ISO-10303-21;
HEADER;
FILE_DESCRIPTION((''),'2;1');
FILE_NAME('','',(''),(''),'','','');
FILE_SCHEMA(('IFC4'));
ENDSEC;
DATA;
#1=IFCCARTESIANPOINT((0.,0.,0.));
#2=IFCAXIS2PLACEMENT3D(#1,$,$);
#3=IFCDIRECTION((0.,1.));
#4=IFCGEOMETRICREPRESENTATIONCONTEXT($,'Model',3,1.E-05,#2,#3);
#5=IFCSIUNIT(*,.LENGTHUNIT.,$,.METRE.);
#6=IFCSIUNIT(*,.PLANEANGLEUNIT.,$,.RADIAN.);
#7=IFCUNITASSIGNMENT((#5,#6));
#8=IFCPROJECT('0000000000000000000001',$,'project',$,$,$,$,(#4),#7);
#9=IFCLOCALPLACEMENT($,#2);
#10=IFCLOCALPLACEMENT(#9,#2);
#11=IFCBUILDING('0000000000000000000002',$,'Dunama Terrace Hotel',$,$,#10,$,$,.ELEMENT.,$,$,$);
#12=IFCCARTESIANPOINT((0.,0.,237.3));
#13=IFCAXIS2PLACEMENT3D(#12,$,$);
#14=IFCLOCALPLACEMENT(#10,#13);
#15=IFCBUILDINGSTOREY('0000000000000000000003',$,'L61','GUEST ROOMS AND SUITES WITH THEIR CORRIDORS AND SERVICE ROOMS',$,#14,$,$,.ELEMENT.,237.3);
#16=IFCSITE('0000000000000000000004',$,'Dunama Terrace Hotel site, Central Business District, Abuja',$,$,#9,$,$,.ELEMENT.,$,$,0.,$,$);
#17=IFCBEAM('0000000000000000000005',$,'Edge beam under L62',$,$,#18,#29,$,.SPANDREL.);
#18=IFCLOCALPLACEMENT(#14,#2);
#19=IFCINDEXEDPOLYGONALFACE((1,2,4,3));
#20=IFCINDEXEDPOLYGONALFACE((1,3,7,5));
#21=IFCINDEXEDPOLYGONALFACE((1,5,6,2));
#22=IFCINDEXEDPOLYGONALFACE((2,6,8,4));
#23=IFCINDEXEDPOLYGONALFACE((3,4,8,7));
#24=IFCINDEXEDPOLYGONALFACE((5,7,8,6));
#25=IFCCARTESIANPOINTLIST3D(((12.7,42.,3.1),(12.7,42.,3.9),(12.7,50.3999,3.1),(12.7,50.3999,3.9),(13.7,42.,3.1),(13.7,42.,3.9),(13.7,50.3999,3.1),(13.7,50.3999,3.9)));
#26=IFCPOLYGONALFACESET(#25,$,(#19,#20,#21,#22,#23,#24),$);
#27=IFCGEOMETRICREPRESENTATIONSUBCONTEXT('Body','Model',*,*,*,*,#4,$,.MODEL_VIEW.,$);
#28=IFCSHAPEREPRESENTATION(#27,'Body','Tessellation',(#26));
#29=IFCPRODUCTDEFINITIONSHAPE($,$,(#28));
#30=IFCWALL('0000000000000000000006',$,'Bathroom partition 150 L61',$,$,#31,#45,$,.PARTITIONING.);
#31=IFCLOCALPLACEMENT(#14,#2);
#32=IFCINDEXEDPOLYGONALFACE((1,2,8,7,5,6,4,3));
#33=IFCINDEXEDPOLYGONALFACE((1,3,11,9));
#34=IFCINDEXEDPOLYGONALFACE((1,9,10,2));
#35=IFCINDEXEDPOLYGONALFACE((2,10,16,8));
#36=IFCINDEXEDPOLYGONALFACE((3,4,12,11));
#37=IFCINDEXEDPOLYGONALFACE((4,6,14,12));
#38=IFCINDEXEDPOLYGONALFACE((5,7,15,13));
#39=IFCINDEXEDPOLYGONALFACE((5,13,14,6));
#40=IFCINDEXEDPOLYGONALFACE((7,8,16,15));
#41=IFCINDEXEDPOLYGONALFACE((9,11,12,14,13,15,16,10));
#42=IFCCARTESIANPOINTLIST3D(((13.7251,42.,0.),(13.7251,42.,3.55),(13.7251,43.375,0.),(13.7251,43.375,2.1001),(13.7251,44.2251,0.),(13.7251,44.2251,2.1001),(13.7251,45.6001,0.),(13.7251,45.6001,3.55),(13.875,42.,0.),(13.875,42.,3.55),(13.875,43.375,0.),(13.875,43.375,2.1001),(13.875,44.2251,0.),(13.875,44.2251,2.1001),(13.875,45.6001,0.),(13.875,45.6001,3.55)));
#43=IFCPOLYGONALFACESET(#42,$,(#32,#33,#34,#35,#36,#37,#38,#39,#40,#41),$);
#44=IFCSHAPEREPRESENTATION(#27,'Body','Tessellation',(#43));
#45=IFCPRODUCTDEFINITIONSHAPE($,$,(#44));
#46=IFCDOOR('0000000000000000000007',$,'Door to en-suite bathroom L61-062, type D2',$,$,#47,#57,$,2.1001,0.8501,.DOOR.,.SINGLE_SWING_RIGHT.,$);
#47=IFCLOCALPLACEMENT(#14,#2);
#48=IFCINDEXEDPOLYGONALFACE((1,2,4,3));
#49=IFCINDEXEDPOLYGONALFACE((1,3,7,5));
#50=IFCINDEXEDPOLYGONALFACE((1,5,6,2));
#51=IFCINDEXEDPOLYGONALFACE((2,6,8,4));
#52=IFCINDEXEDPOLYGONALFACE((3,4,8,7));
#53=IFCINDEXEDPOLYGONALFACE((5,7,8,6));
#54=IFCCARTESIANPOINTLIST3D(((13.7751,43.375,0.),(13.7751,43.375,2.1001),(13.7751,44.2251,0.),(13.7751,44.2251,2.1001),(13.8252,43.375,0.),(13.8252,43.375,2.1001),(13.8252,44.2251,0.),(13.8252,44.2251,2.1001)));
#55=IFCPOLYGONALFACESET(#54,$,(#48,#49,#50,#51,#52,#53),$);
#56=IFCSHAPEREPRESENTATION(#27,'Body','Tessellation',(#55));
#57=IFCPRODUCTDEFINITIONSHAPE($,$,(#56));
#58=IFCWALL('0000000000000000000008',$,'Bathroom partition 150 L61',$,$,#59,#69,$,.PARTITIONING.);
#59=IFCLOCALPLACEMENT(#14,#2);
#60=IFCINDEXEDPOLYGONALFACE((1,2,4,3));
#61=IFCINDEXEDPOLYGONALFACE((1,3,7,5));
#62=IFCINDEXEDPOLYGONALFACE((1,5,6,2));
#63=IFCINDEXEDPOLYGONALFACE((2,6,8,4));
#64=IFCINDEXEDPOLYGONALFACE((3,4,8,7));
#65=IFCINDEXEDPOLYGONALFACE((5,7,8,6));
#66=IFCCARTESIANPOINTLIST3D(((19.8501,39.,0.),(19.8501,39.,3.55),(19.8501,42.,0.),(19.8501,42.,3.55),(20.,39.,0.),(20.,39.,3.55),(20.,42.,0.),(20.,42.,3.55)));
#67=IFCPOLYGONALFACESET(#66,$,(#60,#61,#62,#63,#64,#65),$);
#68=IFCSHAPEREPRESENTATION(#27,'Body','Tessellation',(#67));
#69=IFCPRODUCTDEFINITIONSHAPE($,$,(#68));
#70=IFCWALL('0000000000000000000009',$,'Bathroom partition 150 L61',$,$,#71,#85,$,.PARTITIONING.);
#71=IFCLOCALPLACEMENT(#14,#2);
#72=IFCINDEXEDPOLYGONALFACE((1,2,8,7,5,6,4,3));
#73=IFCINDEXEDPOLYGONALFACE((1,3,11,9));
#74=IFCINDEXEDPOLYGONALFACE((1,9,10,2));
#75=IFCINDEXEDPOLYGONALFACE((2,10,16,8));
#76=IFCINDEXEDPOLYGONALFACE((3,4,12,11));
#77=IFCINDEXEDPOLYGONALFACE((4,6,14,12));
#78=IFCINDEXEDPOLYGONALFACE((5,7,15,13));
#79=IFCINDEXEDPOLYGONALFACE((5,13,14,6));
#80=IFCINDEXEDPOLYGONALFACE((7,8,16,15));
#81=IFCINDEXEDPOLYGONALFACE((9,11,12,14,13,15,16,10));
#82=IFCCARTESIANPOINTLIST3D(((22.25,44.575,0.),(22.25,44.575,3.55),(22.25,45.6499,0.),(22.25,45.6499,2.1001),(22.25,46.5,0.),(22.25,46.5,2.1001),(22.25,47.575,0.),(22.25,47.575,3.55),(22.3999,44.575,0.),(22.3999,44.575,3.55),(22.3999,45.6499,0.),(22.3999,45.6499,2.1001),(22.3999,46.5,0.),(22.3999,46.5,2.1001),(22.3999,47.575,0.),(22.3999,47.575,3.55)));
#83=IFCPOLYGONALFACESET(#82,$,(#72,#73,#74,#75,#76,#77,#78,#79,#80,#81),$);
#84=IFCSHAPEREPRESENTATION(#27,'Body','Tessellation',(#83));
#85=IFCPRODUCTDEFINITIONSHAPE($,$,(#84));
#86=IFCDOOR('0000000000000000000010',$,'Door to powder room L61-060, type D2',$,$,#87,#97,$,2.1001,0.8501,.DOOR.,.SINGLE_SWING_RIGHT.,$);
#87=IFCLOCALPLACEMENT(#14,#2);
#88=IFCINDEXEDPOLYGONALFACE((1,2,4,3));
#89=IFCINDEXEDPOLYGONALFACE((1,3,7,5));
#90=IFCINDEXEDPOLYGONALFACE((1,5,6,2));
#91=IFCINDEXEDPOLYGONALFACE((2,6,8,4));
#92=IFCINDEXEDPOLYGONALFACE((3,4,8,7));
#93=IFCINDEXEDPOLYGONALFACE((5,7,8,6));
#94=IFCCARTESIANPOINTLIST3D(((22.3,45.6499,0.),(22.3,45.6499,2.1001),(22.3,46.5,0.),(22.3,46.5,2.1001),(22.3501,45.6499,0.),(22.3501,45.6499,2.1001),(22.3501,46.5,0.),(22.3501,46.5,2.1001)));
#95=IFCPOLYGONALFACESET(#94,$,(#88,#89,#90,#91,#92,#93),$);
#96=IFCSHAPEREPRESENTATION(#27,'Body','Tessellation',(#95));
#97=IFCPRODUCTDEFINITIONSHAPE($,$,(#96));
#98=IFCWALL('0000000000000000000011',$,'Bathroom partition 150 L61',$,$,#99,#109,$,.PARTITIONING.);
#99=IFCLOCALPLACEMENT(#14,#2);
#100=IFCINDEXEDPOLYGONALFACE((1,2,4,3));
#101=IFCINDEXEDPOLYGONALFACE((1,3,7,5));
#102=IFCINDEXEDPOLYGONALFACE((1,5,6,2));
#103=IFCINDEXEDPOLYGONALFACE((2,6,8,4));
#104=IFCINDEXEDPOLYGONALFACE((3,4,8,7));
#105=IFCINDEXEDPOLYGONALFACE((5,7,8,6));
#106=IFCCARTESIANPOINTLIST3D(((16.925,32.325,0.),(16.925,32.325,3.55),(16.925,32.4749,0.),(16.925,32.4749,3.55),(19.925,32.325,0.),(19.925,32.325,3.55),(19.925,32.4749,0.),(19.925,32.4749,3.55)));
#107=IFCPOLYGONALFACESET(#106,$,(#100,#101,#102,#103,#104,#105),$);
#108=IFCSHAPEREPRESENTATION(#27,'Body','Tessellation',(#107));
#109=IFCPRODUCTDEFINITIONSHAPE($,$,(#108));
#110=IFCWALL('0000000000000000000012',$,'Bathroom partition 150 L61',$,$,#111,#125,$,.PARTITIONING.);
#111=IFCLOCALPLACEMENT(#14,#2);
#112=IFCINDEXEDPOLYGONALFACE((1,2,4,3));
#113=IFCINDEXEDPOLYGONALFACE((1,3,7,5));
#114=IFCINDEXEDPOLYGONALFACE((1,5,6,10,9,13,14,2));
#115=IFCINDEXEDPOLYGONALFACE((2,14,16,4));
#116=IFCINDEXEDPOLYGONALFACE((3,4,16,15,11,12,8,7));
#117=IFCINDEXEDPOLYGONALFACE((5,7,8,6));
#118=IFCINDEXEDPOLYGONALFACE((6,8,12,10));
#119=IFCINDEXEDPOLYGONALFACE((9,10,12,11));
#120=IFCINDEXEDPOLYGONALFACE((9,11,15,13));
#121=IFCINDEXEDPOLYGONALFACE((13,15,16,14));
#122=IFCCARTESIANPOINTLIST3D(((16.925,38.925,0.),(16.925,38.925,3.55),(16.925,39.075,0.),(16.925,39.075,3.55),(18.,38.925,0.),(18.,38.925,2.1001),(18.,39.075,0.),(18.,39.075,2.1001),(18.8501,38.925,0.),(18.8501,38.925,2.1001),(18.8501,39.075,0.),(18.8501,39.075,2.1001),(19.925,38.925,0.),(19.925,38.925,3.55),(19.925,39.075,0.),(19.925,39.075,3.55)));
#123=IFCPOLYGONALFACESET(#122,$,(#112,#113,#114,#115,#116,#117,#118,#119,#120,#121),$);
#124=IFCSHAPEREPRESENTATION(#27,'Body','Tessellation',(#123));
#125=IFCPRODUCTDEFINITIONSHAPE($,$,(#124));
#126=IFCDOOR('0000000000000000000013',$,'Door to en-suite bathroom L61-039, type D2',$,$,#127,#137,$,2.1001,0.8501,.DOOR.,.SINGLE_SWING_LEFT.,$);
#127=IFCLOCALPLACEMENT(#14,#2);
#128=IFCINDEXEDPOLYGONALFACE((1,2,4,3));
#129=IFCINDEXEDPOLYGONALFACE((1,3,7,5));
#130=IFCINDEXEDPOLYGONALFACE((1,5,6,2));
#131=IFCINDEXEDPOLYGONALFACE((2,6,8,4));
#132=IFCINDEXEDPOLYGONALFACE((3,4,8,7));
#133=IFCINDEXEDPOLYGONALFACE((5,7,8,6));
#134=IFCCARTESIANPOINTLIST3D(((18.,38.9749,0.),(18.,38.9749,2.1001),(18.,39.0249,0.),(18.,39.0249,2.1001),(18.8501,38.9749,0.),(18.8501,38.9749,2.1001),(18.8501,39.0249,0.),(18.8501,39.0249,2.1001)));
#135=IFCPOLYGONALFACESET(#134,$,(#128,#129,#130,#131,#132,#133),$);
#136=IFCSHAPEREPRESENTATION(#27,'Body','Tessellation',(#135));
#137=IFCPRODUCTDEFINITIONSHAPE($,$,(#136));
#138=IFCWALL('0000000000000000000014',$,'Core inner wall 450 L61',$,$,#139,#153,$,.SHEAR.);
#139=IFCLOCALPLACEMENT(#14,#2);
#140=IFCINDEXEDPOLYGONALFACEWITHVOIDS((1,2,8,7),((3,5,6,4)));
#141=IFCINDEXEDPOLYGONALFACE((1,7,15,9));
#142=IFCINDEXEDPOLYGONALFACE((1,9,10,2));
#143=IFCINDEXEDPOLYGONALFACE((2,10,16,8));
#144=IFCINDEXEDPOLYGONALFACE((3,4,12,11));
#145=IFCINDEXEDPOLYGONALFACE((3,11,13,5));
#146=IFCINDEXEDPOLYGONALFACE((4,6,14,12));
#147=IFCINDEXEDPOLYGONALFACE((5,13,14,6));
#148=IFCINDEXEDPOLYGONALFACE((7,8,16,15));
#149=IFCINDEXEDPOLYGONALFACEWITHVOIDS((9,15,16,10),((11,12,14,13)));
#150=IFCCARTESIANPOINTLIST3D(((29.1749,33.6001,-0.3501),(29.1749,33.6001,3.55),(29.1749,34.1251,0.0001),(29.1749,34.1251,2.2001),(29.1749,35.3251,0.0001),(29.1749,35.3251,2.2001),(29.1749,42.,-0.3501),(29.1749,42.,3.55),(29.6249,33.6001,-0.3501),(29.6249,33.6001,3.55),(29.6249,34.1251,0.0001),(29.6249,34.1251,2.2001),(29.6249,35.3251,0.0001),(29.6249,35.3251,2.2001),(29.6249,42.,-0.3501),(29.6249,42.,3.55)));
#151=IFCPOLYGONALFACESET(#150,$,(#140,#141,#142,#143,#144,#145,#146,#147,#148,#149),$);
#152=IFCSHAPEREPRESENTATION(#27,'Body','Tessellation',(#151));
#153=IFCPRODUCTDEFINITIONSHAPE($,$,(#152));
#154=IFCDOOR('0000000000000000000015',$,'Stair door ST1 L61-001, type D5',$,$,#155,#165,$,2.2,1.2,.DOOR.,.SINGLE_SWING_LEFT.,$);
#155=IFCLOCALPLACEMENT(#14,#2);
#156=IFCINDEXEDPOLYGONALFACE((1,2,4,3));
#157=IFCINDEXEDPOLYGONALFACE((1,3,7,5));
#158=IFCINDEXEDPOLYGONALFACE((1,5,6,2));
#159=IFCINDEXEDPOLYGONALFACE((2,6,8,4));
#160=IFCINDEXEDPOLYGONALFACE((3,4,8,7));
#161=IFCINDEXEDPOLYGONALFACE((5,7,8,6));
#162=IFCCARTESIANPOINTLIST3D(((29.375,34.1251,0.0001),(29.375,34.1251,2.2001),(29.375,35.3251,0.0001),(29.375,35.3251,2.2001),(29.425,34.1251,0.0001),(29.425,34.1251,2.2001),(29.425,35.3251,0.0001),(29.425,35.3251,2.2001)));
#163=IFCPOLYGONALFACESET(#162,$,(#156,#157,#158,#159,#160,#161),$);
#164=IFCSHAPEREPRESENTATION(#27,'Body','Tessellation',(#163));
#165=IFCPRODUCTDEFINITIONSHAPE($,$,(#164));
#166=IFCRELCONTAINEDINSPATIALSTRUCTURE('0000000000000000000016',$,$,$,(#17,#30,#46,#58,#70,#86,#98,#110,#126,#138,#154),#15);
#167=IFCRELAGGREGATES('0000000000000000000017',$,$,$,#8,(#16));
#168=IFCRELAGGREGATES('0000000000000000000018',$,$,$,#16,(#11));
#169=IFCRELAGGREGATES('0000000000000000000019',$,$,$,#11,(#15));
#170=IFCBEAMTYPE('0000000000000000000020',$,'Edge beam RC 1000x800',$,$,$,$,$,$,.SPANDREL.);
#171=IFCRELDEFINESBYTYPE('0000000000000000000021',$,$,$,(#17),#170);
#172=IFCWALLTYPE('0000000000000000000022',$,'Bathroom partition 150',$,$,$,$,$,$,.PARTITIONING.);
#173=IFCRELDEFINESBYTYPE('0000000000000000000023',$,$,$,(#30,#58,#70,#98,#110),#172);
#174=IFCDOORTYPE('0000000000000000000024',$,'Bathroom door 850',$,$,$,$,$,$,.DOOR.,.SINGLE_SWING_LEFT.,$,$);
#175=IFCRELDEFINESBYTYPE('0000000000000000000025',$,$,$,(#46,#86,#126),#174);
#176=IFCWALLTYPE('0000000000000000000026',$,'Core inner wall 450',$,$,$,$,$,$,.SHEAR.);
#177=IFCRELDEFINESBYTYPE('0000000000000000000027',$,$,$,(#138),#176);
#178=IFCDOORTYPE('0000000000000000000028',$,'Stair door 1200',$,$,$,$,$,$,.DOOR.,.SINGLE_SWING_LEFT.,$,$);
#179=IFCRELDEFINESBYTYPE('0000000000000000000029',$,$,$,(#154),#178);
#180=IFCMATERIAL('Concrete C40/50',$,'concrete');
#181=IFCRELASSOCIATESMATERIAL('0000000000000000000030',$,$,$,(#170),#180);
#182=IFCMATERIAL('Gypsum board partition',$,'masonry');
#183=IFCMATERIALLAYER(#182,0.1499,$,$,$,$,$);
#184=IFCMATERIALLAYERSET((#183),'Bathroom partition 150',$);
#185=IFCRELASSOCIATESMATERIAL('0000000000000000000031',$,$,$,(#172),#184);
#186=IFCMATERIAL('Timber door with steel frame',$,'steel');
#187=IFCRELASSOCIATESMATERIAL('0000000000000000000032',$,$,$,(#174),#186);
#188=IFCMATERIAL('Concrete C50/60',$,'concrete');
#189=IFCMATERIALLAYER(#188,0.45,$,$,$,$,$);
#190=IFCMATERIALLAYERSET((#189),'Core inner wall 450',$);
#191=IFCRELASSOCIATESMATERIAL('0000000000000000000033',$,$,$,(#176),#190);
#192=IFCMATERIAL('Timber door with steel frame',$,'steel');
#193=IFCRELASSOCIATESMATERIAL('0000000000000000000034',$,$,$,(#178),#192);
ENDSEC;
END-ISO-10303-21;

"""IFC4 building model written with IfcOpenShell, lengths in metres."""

from ifc_helpers import new_model, si_unit, direction, frame, frame_2d, origin, origin_2d, place, context, subcontext, project, spatial, rectangle, extrude, material, layer, layer_set, material_profile, profile_set, type_object, element, fill, save


model = new_model("IFC4")

# Units and contexts
model_context = context("Model", 3, precision=1e-05, world=origin(), true_north=direction((0.0, 1.0)))
body_context = subcontext(model_context, "Body", "Model", "MODEL_VIEW")
ifc_project = project(units=[si_unit("LENGTHUNIT", "METRE"), si_unit("PLANEANGLEUNIT", "RADIAN")], contexts=[model_context])

# Site, building, storey
site_placement = place(None, origin())
site = spatial("IfcSite", under=ifc_project, at=site_placement, Name="Dunama Terrace Hotel site, Central Business District, Abuja", CompositionType="ELEMENT", RefElevation=0.0)
building_placement = place(site_placement, origin())
building = spatial("IfcBuilding", under=site, at=building_placement, Name="Dunama Terrace Hotel", CompositionType="ELEMENT")
storey_placement = place(building_placement, frame((0.0, 0.0, 237.3)))
storey = spatial("IfcBuildingStorey", under=building, at=storey_placement, Name="L61", Description="GUEST ROOMS AND SUITES WITH THEIR CORRIDORS AND SERVICE ROOMS", CompositionType="ELEMENT", Elevation=237.3)

# Beam
ifc_material_1 = material(Name="Concrete C40/50", Category="concrete")
ifc_material_profile = material_profile(ifc_material_1, rectangle(XDim=1.0, YDim=0.8, at=origin_2d()), Name="RC 1000x800")
ifc_profile_set = profile_set([ifc_material_profile], Name="Concrete C40/50")
beam_type = type_object("IfcBeamType", Name="Edge beam RC 1000x800", PredefinedType="SPANDREL", material=ifc_profile_set)
beam_placement = place(storey_placement, frame((13.2, 42.0, 3.5), z_axis=(0.0, 1.0, 0.0), x_axis=(-1.0, 0.0, 0.0)))
element("IfcBeam", 1, at=beam_placement, inside=storey, type_object=beam_type, Name="Edge beam under L62", PredefinedType="SPANDREL", context=body_context, shape_type="SweptSolid", body=[
    extrude(rectangle(XDim=1.0, YDim=0.8, at=origin_2d()), origin(), (0.0, 0.0, 1.0), 8.3999),
])

# Wall, opening, door
ifc_material_2 = material(Name="Gypsum board partition", Category="masonry")
ifc_layer_1 = layer(ifc_material_2, 0.1499)
ifc_layer_set_1 = layer_set([ifc_layer_1], Name="Bathroom partition 150")
wall_type_1 = type_object("IfcWallType", Name="Bathroom partition 150", PredefinedType="PARTITIONING", material=ifc_layer_set_1)
wall_1_placement = place(storey_placement, frame((13.8, 42.0, 0.0), z_axis=(0.0, 0.0, 1.0), x_axis=(0.0, 1.0, 0.0)))
wall_1 = element("IfcWall", 2, at=wall_1_placement, inside=storey, type_object=wall_type_1, Name="Bathroom partition 150 L61", PredefinedType="PARTITIONING", context=body_context, shape_type="SweptSolid", body=[
    extrude(rectangle(XDim=3.6001, YDim=0.1499, at=frame_2d((1.8, 0.0))), origin(), (0.0, 0.0, 1.0), 3.55),
])
opening_1_placement = place(wall_1_placement, frame((1.375, 0.0, 0.0)))
opening_1 = element("IfcOpeningElement", 3, at=opening_1_placement, cuts=wall_1, PredefinedType="OPENING", context=body_context, shape_type="SweptSolid", body=[
    extrude(rectangle(XDim=0.8501, YDim=2.1001, at=frame_2d((0.425, 1.05))), frame((0.0, 0.085, 0.0), z_axis=(0.0, -1.0, 0.0), x_axis=(1.0, 0.0, 0.0)), (0.0, 0.0, 1.0), 0.1699),
])
ifc_material_3 = material(Name="Timber door with steel frame", Category="steel")
door_type_1 = type_object("IfcDoorType", Name="Bathroom door 850", OperationType="SINGLE_SWING_LEFT", PredefinedType="DOOR", material=ifc_material_3)
door_1_placement = place(opening_1_placement, frame((0.8501, 0.0, 0.0), z_axis=(0.0, 0.0, 1.0), x_axis=(-1.0, 0.0, 0.0)))
door_1 = element("IfcDoor", 4, at=door_1_placement, inside=storey, type_object=door_type_1, Name="Door to en-suite bathroom L61-062, type D2", OperationType="SINGLE_SWING_RIGHT", OverallHeight=2.1001, OverallWidth=0.8501, PredefinedType="DOOR", context=body_context, shape_type="SweptSolid", body=[
    extrude(rectangle(XDim=0.8501, YDim=2.1001, at=frame_2d((0.425, 1.05))), frame((0.0, 0.0251, 0.0), z_axis=(0.0, -1.0, 0.0), x_axis=(1.0, 0.0, 0.0)), (0.0, 0.0, 1.0), 0.05),
])
fill(opening_1, door_1)

# Wall
wall_2_placement = place(storey_placement, frame((19.925, 39.0, 0.0), z_axis=(0.0, 0.0, 1.0), x_axis=(0.0, 1.0, 0.0)))
element("IfcWall", 5, at=wall_2_placement, inside=storey, type_object=wall_type_1, Name="Bathroom partition 150 L61", PredefinedType="PARTITIONING", context=body_context, shape_type="SweptSolid", body=[
    extrude(rectangle(XDim=3.0, YDim=0.1499, at=frame_2d((1.5, 0.0))), origin(), (0.0, 0.0, 1.0), 3.55),
])

# Wall, opening, door
wall_3_placement = place(storey_placement, frame((22.325, 44.575, 0.0), z_axis=(0.0, 0.0, 1.0), x_axis=(0.0, 1.0, 0.0)))
wall_3 = element("IfcWall", 6, at=wall_3_placement, inside=storey, type_object=wall_type_1, Name="Bathroom partition 150 L61", PredefinedType="PARTITIONING", context=body_context, shape_type="SweptSolid", body=[
    extrude(rectangle(XDim=3.0, YDim=0.1499, at=frame_2d((1.5, 0.0))), origin(), (0.0, 0.0, 1.0), 3.55),
])
opening_2_placement = place(wall_3_placement, frame((1.075, 0.0, 0.0)))
opening_2 = element("IfcOpeningElement", 7, at=opening_2_placement, cuts=wall_3, PredefinedType="OPENING", context=body_context, shape_type="SweptSolid", body=[
    extrude(rectangle(XDim=0.8501, YDim=2.1001, at=frame_2d((0.425, 1.05))), frame((0.0, 0.085, 0.0), z_axis=(0.0, -1.0, 0.0), x_axis=(1.0, 0.0, 0.0)), (0.0, 0.0, 1.0), 0.1699),
])
door_2_placement = place(opening_2_placement, frame((0.8501, 0.0, 0.0), z_axis=(0.0, 0.0, 1.0), x_axis=(-1.0, 0.0, 0.0)))
door_2 = element("IfcDoor", 8, at=door_2_placement, inside=storey, type_object=door_type_1, Name="Door to powder room L61-060, type D2", OperationType="SINGLE_SWING_RIGHT", OverallHeight=2.1001, OverallWidth=0.8501, PredefinedType="DOOR", context=body_context, shape_type="SweptSolid", body=[
    extrude(rectangle(XDim=0.8501, YDim=2.1001, at=frame_2d((0.425, 1.05))), frame((0.0, 0.0251, 0.0), z_axis=(0.0, -1.0, 0.0), x_axis=(1.0, 0.0, 0.0)), (0.0, 0.0, 1.0), 0.05),
])
fill(opening_2, door_2)

# Wall
wall_4_placement = place(storey_placement, frame((16.925, 32.3999, 0.0), z_axis=(0.0, 0.0, 1.0), x_axis=(1.0, 0.0, 0.0)))
element("IfcWall", 9, at=wall_4_placement, inside=storey, type_object=wall_type_1, Name="Bathroom partition 150 L61", PredefinedType="PARTITIONING", context=body_context, shape_type="SweptSolid", body=[
    extrude(rectangle(XDim=3.0, YDim=0.1499, at=frame_2d((1.5, 0.0))), origin(), (0.0, 0.0, 1.0), 3.55),
])

# Walls, openings, doors
wall_5_placement = place(storey_placement, frame((16.925, 39.0, 0.0), z_axis=(0.0, 0.0, 1.0), x_axis=(1.0, 0.0, 0.0)))
wall_5 = element("IfcWall", 10, at=wall_5_placement, inside=storey, type_object=wall_type_1, Name="Bathroom partition 150 L61", PredefinedType="PARTITIONING", context=body_context, shape_type="SweptSolid", body=[
    extrude(rectangle(XDim=3.0, YDim=0.1499, at=frame_2d((1.5, 0.0))), origin(), (0.0, 0.0, 1.0), 3.55),
])
opening_3_placement = place(wall_5_placement, frame((1.075, 0.0, 0.0)))
opening_3 = element("IfcOpeningElement", 11, at=opening_3_placement, cuts=wall_5, PredefinedType="OPENING", context=body_context, shape_type="SweptSolid", body=[
    extrude(rectangle(XDim=0.8501, YDim=2.1001, at=frame_2d((0.425, 1.05))), frame((0.0, 0.085, 0.0), z_axis=(0.0, -1.0, 0.0), x_axis=(1.0, 0.0, 0.0)), (0.0, 0.0, 1.0), 0.1699),
])
door_3_placement = place(opening_3_placement, origin())
door_3 = element("IfcDoor", 12, at=door_3_placement, inside=storey, type_object=door_type_1, Name="Door to en-suite bathroom L61-039, type D2", OperationType="SINGLE_SWING_LEFT", OverallHeight=2.1001, OverallWidth=0.8501, PredefinedType="DOOR", context=body_context, shape_type="SweptSolid", body=[
    extrude(rectangle(XDim=0.8501, YDim=2.1001, at=frame_2d((0.425, 1.05))), frame((0.0, 0.0249, 0.0), z_axis=(0.0, -1.0, 0.0), x_axis=(1.0, 0.0, 0.0)), (0.0, 0.0, 1.0), 0.05),
])
fill(opening_3, door_3)
ifc_material_4 = material(Name="Concrete C50/60", Category="concrete")
ifc_layer_2 = layer(ifc_material_4, 0.45)
ifc_layer_set_2 = layer_set([ifc_layer_2], Name="Core inner wall 450")
wall_type_2 = type_object("IfcWallType", Name="Core inner wall 450", PredefinedType="SHEAR", material=ifc_layer_set_2)
wall_6_placement = place(storey_placement, frame((29.3999, 33.6001, -0.3501), z_axis=(0.0, 0.0, 1.0), x_axis=(0.0, 1.0, 0.0)))
wall_6 = element("IfcWall", 13, at=wall_6_placement, inside=storey, type_object=wall_type_2, Name="Core inner wall 450 L61", PredefinedType="SHEAR", context=body_context, shape_type="SweptSolid", body=[
    extrude(rectangle(XDim=8.3999, YDim=0.45, at=frame_2d((4.2, 0.0))), origin(), (0.0, 0.0, 1.0), 3.9001),
])
opening_4_placement = place(wall_6_placement, frame((0.5249, 0.0, 0.3501)))
opening_4 = element("IfcOpeningElement", 14, at=opening_4_placement, cuts=wall_6, PredefinedType="OPENING", context=body_context, shape_type="SweptSolid", body=[
    extrude(rectangle(XDim=1.2, YDim=2.2, at=frame_2d((0.6001, 1.1001))), frame((0.0, 0.2349, 0.0), z_axis=(0.0, -1.0, 0.0), x_axis=(1.0, 0.0, 0.0)), (0.0, 0.0, 1.0), 0.47),
])
ifc_material_5 = material(Name="Timber door with steel frame", Category="steel")
door_type_2 = type_object("IfcDoorType", Name="Stair door 1200", OperationType="SINGLE_SWING_LEFT", PredefinedType="DOOR", material=ifc_material_5)
door_4_placement = place(opening_4_placement, origin())
door_4 = element("IfcDoor", 15, at=door_4_placement, inside=storey, type_object=door_type_2, Name="Stair door ST1 L61-001, type D5", OperationType="SINGLE_SWING_LEFT", OverallHeight=2.2, OverallWidth=1.2, PredefinedType="DOOR", context=body_context, shape_type="SweptSolid", body=[
    extrude(rectangle(XDim=1.2, YDim=2.2, at=frame_2d((0.6001, 1.1001))), frame((0.0, 0.0249, 0.0), z_axis=(0.0, -1.0, 0.0), x_axis=(1.0, 0.0, 0.0)), (0.0, 0.0, 1.0), 0.05),
])
fill(opening_4, door_4)

save(model, "model.ifc")
